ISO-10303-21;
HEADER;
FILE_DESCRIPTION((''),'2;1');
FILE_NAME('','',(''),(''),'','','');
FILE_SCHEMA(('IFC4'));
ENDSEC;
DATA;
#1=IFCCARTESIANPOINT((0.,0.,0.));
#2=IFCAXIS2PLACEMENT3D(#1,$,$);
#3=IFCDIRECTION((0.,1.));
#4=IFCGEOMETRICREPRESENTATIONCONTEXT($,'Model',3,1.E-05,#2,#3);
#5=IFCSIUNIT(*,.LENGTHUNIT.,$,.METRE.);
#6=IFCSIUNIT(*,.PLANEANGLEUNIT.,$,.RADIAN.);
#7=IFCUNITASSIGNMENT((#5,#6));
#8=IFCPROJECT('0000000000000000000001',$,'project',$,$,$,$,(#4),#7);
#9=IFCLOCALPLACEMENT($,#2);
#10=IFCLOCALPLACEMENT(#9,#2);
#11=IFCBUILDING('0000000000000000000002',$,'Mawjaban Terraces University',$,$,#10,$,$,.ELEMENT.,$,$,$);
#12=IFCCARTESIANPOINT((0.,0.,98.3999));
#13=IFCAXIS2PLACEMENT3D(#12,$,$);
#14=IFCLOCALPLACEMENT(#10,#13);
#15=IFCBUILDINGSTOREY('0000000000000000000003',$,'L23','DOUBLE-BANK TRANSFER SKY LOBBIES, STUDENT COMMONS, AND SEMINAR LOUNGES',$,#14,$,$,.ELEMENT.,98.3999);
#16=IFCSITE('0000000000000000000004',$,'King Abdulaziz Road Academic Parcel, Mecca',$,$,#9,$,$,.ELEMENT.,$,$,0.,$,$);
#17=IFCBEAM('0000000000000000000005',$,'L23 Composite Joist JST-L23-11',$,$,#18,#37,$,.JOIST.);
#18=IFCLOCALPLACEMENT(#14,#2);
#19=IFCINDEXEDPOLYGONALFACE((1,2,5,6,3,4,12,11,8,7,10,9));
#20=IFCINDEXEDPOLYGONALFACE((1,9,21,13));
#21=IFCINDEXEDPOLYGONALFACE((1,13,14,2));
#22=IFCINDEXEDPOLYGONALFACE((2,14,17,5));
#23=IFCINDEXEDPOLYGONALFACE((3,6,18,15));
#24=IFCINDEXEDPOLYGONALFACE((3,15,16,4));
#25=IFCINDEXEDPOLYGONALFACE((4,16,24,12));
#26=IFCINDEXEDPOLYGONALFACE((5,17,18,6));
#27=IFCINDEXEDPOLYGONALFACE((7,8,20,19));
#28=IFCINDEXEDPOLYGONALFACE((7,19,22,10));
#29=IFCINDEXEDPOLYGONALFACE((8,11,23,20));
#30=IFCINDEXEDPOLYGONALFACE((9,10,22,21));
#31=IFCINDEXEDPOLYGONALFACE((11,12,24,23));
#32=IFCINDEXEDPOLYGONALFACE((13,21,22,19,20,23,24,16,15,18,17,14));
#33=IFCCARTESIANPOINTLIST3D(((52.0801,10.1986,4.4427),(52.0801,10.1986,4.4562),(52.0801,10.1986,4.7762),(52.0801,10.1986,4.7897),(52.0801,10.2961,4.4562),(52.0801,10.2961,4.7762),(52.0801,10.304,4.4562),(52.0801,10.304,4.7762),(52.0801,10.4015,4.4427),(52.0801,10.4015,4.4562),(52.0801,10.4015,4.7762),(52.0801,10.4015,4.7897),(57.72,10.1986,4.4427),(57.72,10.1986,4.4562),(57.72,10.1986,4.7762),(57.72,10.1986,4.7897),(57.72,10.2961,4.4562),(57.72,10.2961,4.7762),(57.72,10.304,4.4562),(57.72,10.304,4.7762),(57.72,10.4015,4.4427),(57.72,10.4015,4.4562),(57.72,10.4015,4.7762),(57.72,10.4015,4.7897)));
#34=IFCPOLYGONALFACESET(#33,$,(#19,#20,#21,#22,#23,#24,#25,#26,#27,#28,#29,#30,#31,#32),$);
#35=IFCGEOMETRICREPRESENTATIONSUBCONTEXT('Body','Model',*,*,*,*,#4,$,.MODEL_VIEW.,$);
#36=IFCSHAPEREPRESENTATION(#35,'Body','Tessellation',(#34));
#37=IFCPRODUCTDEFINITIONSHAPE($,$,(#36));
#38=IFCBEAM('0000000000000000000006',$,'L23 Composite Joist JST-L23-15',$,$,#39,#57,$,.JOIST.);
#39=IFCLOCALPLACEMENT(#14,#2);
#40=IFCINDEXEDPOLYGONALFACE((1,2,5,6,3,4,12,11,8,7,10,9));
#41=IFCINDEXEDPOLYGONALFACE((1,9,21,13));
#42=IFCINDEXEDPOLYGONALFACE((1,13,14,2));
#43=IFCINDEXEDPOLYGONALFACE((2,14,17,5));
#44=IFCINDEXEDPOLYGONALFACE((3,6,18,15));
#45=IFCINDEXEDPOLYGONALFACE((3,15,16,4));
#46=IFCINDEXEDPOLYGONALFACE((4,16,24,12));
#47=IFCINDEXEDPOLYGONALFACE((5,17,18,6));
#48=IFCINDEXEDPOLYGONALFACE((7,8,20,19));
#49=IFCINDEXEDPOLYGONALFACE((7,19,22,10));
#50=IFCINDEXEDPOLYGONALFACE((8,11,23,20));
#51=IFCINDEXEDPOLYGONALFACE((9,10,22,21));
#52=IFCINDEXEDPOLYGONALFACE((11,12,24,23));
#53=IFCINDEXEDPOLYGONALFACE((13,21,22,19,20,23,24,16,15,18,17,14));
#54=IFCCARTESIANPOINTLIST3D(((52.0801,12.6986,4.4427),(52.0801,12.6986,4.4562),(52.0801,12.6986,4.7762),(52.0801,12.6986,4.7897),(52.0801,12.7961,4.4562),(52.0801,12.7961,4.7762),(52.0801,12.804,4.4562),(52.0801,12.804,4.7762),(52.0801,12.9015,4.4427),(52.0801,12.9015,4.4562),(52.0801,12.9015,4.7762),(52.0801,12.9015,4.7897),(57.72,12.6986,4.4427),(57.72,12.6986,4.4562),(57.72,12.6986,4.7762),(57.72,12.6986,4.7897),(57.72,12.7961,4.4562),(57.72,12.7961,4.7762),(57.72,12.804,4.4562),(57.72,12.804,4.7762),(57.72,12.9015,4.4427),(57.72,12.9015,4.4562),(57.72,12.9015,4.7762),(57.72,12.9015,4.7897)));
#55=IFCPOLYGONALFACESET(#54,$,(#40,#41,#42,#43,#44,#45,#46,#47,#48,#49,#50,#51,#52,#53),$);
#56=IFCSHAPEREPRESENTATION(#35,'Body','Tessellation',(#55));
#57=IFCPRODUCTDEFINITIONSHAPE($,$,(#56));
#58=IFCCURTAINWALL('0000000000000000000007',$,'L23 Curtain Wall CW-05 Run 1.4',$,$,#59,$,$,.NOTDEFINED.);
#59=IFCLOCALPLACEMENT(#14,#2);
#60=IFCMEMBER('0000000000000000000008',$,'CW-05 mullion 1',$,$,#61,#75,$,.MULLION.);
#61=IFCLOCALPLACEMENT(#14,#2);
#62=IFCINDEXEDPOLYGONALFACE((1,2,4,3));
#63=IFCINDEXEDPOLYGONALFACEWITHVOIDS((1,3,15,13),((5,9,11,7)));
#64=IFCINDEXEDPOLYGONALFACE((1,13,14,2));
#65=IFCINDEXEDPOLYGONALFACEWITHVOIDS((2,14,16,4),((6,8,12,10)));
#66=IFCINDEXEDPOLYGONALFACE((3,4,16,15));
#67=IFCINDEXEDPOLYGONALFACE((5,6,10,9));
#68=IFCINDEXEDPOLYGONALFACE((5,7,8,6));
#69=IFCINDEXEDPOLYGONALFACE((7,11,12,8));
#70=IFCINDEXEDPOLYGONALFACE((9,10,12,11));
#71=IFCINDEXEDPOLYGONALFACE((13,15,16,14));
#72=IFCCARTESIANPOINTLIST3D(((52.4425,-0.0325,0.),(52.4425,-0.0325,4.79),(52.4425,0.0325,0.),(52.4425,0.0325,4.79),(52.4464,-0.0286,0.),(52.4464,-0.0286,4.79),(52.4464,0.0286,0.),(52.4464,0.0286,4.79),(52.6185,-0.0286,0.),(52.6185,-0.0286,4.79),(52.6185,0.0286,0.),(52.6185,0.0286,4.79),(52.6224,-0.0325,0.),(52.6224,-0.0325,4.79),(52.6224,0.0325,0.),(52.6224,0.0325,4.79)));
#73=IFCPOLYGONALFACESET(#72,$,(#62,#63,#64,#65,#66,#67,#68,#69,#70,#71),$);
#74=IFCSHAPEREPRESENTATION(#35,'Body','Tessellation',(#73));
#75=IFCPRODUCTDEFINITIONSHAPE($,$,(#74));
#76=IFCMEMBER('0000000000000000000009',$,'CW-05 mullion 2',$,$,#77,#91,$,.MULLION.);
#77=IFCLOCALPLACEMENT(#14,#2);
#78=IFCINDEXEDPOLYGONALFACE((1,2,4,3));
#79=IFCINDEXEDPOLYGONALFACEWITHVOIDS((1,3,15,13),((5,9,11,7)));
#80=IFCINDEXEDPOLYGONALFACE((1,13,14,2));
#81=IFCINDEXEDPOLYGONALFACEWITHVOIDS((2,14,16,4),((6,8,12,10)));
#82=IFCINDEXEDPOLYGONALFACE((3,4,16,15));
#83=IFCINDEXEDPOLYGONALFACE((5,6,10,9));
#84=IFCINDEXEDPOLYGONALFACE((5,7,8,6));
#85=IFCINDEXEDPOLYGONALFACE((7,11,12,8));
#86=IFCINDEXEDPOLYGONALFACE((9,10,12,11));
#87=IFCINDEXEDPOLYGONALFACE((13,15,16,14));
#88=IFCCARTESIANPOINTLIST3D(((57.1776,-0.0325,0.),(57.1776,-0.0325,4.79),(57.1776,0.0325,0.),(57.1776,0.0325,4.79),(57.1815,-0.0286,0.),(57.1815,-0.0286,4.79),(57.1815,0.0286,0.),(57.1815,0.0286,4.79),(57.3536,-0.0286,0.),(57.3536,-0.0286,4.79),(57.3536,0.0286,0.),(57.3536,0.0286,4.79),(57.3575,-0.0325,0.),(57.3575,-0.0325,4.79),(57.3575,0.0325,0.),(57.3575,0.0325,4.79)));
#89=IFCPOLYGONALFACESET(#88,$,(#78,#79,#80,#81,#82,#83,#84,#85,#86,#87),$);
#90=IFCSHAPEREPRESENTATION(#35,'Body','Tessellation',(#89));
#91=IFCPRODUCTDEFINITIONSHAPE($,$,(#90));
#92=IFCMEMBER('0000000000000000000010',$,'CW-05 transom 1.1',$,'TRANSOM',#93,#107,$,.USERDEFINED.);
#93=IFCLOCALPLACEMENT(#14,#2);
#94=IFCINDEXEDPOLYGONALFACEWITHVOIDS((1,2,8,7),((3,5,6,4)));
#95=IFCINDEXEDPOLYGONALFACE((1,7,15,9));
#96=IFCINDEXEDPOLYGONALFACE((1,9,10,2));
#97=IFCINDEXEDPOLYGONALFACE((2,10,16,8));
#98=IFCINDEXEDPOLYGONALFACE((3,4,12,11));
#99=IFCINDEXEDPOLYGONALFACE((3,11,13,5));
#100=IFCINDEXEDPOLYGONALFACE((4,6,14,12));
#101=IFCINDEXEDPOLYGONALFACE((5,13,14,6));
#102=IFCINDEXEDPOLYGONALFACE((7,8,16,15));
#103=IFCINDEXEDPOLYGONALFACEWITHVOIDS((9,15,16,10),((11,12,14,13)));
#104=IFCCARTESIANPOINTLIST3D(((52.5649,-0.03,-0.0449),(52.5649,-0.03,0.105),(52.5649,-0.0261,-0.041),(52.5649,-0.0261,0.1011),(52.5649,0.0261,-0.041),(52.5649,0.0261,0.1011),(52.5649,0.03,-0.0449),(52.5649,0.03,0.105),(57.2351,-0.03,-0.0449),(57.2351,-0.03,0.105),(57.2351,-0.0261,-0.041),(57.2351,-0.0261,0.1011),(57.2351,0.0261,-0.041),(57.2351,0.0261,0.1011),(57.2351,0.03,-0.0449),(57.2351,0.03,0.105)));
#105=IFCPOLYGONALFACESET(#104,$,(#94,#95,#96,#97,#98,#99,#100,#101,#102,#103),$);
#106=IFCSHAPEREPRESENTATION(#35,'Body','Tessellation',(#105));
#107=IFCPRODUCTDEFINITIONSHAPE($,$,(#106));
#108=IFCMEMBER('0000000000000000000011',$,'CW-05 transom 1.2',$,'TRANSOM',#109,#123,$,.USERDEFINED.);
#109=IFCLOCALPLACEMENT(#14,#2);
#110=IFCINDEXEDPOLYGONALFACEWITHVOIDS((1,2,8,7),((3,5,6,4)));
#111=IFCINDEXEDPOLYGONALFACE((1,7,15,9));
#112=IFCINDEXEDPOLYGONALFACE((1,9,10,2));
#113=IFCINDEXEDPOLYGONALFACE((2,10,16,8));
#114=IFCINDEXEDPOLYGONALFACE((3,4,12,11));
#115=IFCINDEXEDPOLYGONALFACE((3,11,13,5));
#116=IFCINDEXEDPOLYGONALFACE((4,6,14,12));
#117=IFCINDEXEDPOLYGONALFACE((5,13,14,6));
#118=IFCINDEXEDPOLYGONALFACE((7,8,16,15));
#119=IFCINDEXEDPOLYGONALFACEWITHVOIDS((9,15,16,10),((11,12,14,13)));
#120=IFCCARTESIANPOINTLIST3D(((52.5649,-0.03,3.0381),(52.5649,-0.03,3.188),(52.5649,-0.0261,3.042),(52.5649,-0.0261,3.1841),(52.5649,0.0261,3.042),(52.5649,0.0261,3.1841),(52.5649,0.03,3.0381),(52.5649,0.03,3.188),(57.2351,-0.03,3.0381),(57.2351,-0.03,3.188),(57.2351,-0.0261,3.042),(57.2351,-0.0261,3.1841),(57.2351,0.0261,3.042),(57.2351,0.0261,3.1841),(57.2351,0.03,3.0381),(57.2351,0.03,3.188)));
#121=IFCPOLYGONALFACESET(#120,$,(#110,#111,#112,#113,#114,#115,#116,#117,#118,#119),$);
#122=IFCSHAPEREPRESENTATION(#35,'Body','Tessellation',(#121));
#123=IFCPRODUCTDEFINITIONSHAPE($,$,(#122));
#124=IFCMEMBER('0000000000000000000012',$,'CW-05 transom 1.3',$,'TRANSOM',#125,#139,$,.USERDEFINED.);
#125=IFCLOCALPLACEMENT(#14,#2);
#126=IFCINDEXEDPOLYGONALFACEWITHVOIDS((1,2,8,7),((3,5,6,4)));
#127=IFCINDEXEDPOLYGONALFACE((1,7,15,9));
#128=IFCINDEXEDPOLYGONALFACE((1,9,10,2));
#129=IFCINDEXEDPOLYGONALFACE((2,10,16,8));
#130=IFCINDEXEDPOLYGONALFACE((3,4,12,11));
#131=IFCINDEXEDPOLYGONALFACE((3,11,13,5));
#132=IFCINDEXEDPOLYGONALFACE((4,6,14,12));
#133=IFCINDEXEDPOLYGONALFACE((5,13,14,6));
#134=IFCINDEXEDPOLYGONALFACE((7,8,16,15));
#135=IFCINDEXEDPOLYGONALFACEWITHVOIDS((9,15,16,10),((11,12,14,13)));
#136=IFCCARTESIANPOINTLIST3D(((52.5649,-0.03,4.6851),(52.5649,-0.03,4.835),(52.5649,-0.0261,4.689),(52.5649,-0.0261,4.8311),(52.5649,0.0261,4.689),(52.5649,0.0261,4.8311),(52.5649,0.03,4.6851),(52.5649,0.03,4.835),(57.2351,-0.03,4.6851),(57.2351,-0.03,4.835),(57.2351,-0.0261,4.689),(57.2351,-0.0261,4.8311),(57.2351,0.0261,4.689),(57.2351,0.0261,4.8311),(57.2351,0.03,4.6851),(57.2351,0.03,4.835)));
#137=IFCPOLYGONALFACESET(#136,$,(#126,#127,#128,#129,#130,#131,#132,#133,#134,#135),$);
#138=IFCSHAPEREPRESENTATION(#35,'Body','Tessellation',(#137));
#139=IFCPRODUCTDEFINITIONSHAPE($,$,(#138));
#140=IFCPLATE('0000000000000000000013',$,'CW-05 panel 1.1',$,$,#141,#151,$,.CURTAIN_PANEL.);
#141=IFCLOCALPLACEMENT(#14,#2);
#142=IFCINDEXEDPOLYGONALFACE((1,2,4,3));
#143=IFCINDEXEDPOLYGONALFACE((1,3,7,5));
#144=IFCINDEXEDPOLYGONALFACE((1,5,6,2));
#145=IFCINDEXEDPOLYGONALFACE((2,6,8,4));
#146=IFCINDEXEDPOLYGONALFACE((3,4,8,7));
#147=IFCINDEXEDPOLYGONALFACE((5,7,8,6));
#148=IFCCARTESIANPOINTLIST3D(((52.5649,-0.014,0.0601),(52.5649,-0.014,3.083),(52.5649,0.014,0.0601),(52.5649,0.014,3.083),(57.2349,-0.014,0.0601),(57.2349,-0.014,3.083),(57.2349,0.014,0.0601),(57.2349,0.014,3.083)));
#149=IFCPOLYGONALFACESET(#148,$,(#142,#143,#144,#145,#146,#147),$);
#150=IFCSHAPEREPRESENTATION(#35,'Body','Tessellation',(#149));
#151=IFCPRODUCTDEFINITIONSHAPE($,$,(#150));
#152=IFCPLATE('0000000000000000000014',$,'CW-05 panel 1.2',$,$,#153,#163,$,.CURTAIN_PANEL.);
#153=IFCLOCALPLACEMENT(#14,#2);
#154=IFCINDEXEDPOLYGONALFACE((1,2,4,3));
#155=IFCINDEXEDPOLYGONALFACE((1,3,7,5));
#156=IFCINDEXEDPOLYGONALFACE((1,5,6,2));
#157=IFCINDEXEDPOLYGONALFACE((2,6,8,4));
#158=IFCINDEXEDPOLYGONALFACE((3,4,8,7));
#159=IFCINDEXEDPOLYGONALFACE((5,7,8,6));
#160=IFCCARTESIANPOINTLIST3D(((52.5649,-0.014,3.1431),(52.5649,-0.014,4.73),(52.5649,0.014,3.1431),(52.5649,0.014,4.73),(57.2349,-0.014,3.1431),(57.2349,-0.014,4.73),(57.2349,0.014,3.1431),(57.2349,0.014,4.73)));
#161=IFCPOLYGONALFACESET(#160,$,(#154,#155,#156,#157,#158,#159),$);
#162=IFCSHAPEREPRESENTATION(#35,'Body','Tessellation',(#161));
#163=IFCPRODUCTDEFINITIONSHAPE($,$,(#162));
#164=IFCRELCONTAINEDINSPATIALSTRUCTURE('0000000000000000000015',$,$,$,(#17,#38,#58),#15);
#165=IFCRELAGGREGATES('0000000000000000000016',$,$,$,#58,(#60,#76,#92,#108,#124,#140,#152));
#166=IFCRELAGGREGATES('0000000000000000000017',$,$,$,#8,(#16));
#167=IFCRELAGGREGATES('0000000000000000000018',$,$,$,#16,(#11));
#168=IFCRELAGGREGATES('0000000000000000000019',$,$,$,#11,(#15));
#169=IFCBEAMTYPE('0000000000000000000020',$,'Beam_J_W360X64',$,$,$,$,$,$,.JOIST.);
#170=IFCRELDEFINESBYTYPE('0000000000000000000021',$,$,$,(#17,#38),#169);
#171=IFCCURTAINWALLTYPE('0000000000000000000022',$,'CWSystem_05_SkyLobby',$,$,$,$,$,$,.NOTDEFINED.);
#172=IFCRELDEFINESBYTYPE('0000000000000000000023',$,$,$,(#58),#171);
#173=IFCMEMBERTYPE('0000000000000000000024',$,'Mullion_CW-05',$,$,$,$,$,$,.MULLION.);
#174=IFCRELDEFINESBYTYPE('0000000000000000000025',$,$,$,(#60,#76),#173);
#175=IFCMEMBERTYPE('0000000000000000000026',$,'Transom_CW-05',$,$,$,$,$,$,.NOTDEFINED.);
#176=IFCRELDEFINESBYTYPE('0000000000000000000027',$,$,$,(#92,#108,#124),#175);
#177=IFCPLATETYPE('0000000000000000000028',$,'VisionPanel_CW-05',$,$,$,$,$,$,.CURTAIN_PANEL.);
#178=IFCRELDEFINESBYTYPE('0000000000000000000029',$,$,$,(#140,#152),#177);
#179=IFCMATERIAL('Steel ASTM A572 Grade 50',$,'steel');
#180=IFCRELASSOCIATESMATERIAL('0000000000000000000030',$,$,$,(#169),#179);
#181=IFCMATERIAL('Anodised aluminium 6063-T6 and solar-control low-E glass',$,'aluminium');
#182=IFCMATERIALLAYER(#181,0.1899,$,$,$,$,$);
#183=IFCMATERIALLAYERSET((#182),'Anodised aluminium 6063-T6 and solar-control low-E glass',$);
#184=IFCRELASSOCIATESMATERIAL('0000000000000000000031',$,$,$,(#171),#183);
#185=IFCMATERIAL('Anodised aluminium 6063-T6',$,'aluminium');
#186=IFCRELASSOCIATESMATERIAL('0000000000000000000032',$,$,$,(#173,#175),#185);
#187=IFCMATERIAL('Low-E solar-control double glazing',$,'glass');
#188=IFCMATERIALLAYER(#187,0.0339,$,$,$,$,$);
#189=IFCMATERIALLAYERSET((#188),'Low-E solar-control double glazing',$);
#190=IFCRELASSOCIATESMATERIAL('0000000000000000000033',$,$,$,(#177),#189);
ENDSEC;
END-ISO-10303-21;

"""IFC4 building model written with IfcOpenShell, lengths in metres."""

from ifc_helpers import new_model, si_unit, direction, frame, origin, origin_2d, place, context, subcontext, project, spatial, rectangle, hollow_rectangle, i_section, extrude, material, layer, layer_set, material_profile, profile_set, type_object, element, aggregate, save


model = new_model("IFC4")

# Units and contexts
model_context = context("Model", 3, precision=1e-05, world=origin(), true_north=direction((0.0, 1.0)))
body_context = subcontext(model_context, "Body", "Model", "MODEL_VIEW")
ifc_project = project(units=[si_unit("LENGTHUNIT", "METRE"), si_unit("PLANEANGLEUNIT", "RADIAN")], contexts=[model_context])

# Site, building, storey
site_placement = place(None, origin())
site = spatial("IfcSite", under=ifc_project, at=site_placement, Name="King Abdulaziz Road Academic Parcel, Mecca", CompositionType="ELEMENT", RefElevation=0.0)
building_placement = place(site_placement, origin())
building = spatial("IfcBuilding", under=site, at=building_placement, Name="Mawjaban Terraces University", CompositionType="ELEMENT")
storey_placement = place(building_placement, frame((0.0, 0.0, 98.3999)))
storey = spatial("IfcBuildingStorey", under=building, at=storey_placement, Name="L23", Description="DOUBLE-BANK TRANSFER SKY LOBBIES, STUDENT COMMONS, AND SEMINAR LOUNGES", CompositionType="ELEMENT", Elevation=98.3999)

# Beams
ifc_material_1 = material(Name="Steel ASTM A572 Grade 50", Category="steel")
ifc_material_profile_1 = material_profile(ifc_material_1, i_section(OverallWidth=0.2029, OverallDepth=0.3469, WebThickness=0.0078, FlangeThickness=0.0134, at=origin_2d()), Name="W360X64")
ifc_profile_set_1 = profile_set([ifc_material_profile_1], Name="Steel ASTM A572 Grade 50")
beam_type_1 = type_object("IfcBeamType", Name="Beam_J_W360X64", PredefinedType="JOIST", material=ifc_profile_set_1)
for number, where, z_axis, x_axis, name in (
    (1, (52.0801, 10.3, 4.6162), (1.0, 0.0, 0.0), (0.0, 1.0, 0.0), "L23 Composite Joist JST-L23-11"),
    (2, (52.0801, 12.8, 4.6162), (1.0, 0.0, 0.0), (0.0, 1.0, 0.0), "L23 Composite Joist JST-L23-15"),
):
    element("IfcBeam", number, at=place(storey_placement, frame(where, z_axis=z_axis, x_axis=x_axis)), inside=storey, type_object=beam_type_1, Name=name, PredefinedType="JOIST", context=body_context, shape_type="SweptSolid", body=[
        extrude(i_section(OverallWidth=0.2029, OverallDepth=0.3469, WebThickness=0.0078, FlangeThickness=0.0134, at=origin_2d()), origin(), (0.0, 0.0, 1.0), 5.6399),
    ])

# Curtain wall, members, plates
ifc_material_2 = material(Name="Anodised aluminium 6063-T6 and solar-control low-E glass", Category="aluminium")
ifc_layer_1 = layer(ifc_material_2, 0.1899)
ifc_layer_set_1 = layer_set([ifc_layer_1], Name="Anodised aluminium 6063-T6 and solar-control low-E glass")
curtain_wall_type = type_object("IfcCurtainWallType", Name="CWSystem_05_SkyLobby", PredefinedType="NOTDEFINED", material=ifc_layer_set_1)
curtain_wall_placement = place(storey_placement, origin())
curtain_wall = element("IfcCurtainWall", 3, at=curtain_wall_placement, inside=storey, type_object=curtain_wall_type, Name="L23 Curtain Wall CW-05 Run 1.4", PredefinedType="NOTDEFINED")
ifc_material_3 = material(Name="Anodised aluminium 6063-T6", Category="aluminium")
ifc_material_profile_2 = material_profile(ifc_material_3, hollow_rectangle(XDim=0.0649, YDim=0.1799, WallThickness=0.0039, at=origin_2d()), Name="ALU180X65X4")
ifc_profile_set_2 = profile_set([ifc_material_profile_2], Name="Anodised aluminium 6063-T6")
member_type_1 = type_object("IfcMemberType", Name="Mullion_CW-05", PredefinedType="MULLION", material=ifc_profile_set_2)
member_1_placement = place(storey_placement, frame((52.5325, 0.0, 0.0), z_axis=(0.0, 0.0, 1.0), x_axis=(0.0, 1.0, 0.0)))
member_1 = element("IfcMember", 4, at=member_1_placement, type_object=member_type_1, Name="CW-05 mullion 1", PredefinedType="MULLION", context=body_context, shape_type="SweptSolid", body=[
    extrude(hollow_rectangle(XDim=0.0649, YDim=0.1799, WallThickness=0.0039, at=origin_2d()), origin(), (0.0, 0.0, 1.0), 4.79),
])
member_2_placement = place(storey_placement, frame((57.2676, 0.0, 0.0), z_axis=(0.0, 0.0, 1.0), x_axis=(0.0, 1.0, 0.0)))
member_2 = element("IfcMember", 5, at=member_2_placement, type_object=member_type_1, Name="CW-05 mullion 2", PredefinedType="MULLION", context=body_context, shape_type="SweptSolid", body=[
    extrude(hollow_rectangle(XDim=0.0649, YDim=0.1799, WallThickness=0.0039, at=origin_2d()), origin(), (0.0, 0.0, 1.0), 4.79),
])
ifc_material_profile_3 = material_profile(ifc_material_3, hollow_rectangle(XDim=0.0601, YDim=0.1499, WallThickness=0.0039, at=origin_2d()), Name="ALU150X60X4")
ifc_profile_set_3 = profile_set([ifc_material_profile_3], Name="Anodised aluminium 6063-T6")
member_type_2 = type_object("IfcMemberType", Name="Transom_CW-05", PredefinedType="NOTDEFINED", material=ifc_profile_set_3)
member_3_placement = place(storey_placement, frame((52.5649, 0.0, 0.03), z_axis=(1.0, 0.0, 0.0), x_axis=(0.0, 1.0, 0.0)))
member_3 = element("IfcMember", 6, at=member_3_placement, type_object=member_type_2, Name="CW-05 transom 1.1", ObjectType="TRANSOM", PredefinedType="USERDEFINED", context=body_context, shape_type="SweptSolid", body=[
    extrude(hollow_rectangle(XDim=0.0601, YDim=0.1499, WallThickness=0.0039, at=origin_2d()), origin(), (0.0, 0.0, 1.0), 4.6702),
])
member_4_placement = place(storey_placement, frame((52.5649, 0.0, 3.113), z_axis=(1.0, 0.0, 0.0), x_axis=(0.0, 1.0, 0.0)))
member_4 = element("IfcMember", 7, at=member_4_placement, type_object=member_type_2, Name="CW-05 transom 1.2", ObjectType="TRANSOM", PredefinedType="USERDEFINED", context=body_context, shape_type="SweptSolid", body=[
    extrude(hollow_rectangle(XDim=0.0601, YDim=0.1499, WallThickness=0.0039, at=origin_2d()), origin(), (0.0, 0.0, 1.0), 4.6702),
])
member_5_placement = place(storey_placement, frame((52.5649, 0.0, 4.76), z_axis=(1.0, 0.0, 0.0), x_axis=(0.0, 1.0, 0.0)))
member_5 = element("IfcMember", 8, at=member_5_placement, type_object=member_type_2, Name="CW-05 transom 1.3", ObjectType="TRANSOM", PredefinedType="USERDEFINED", context=body_context, shape_type="SweptSolid", body=[
    extrude(hollow_rectangle(XDim=0.0601, YDim=0.1499, WallThickness=0.0039, at=origin_2d()), origin(), (0.0, 0.0, 1.0), 4.6702),
])
ifc_material_4 = material(Name="Low-E solar-control double glazing", Category="glass")
ifc_layer_2 = layer(ifc_material_4, 0.0339)
ifc_layer_set_2 = layer_set([ifc_layer_2], Name="Low-E solar-control double glazing")
plate_type = type_object("IfcPlateType", Name="VisionPanel_CW-05", PredefinedType="CURTAIN_PANEL", material=ifc_layer_set_2)
plate_1_placement = place(storey_placement, frame((54.8999, 0.0, 0.0601), z_axis=(0.0, 0.0, 1.0), x_axis=(1.0, 0.0, 0.0)))
plate_1 = element("IfcPlate", 9, at=plate_1_placement, type_object=plate_type, Name="CW-05 panel 1.1", PredefinedType="CURTAIN_PANEL", context=body_context, shape_type="SweptSolid", body=[
    extrude(rectangle(XDim=4.6699, YDim=0.0281, at=origin_2d()), origin(), (0.0, 0.0, 1.0), 3.0229),
])
plate_2_placement = place(storey_placement, frame((54.8999, 0.0, 3.1431), z_axis=(0.0, 0.0, 1.0), x_axis=(1.0, 0.0, 0.0)))
plate_2 = element("IfcPlate", 10, at=plate_2_placement, type_object=plate_type, Name="CW-05 panel 1.2", PredefinedType="CURTAIN_PANEL", context=body_context, shape_type="SweptSolid", body=[
    extrude(rectangle(XDim=4.6699, YDim=0.0281, at=origin_2d()), origin(), (0.0, 0.0, 1.0), 1.5869),
])
aggregate(curtain_wall, [member_1, member_2, member_3, member_4, member_5, plate_1, plate_2])

save(model, "model.ifc")
